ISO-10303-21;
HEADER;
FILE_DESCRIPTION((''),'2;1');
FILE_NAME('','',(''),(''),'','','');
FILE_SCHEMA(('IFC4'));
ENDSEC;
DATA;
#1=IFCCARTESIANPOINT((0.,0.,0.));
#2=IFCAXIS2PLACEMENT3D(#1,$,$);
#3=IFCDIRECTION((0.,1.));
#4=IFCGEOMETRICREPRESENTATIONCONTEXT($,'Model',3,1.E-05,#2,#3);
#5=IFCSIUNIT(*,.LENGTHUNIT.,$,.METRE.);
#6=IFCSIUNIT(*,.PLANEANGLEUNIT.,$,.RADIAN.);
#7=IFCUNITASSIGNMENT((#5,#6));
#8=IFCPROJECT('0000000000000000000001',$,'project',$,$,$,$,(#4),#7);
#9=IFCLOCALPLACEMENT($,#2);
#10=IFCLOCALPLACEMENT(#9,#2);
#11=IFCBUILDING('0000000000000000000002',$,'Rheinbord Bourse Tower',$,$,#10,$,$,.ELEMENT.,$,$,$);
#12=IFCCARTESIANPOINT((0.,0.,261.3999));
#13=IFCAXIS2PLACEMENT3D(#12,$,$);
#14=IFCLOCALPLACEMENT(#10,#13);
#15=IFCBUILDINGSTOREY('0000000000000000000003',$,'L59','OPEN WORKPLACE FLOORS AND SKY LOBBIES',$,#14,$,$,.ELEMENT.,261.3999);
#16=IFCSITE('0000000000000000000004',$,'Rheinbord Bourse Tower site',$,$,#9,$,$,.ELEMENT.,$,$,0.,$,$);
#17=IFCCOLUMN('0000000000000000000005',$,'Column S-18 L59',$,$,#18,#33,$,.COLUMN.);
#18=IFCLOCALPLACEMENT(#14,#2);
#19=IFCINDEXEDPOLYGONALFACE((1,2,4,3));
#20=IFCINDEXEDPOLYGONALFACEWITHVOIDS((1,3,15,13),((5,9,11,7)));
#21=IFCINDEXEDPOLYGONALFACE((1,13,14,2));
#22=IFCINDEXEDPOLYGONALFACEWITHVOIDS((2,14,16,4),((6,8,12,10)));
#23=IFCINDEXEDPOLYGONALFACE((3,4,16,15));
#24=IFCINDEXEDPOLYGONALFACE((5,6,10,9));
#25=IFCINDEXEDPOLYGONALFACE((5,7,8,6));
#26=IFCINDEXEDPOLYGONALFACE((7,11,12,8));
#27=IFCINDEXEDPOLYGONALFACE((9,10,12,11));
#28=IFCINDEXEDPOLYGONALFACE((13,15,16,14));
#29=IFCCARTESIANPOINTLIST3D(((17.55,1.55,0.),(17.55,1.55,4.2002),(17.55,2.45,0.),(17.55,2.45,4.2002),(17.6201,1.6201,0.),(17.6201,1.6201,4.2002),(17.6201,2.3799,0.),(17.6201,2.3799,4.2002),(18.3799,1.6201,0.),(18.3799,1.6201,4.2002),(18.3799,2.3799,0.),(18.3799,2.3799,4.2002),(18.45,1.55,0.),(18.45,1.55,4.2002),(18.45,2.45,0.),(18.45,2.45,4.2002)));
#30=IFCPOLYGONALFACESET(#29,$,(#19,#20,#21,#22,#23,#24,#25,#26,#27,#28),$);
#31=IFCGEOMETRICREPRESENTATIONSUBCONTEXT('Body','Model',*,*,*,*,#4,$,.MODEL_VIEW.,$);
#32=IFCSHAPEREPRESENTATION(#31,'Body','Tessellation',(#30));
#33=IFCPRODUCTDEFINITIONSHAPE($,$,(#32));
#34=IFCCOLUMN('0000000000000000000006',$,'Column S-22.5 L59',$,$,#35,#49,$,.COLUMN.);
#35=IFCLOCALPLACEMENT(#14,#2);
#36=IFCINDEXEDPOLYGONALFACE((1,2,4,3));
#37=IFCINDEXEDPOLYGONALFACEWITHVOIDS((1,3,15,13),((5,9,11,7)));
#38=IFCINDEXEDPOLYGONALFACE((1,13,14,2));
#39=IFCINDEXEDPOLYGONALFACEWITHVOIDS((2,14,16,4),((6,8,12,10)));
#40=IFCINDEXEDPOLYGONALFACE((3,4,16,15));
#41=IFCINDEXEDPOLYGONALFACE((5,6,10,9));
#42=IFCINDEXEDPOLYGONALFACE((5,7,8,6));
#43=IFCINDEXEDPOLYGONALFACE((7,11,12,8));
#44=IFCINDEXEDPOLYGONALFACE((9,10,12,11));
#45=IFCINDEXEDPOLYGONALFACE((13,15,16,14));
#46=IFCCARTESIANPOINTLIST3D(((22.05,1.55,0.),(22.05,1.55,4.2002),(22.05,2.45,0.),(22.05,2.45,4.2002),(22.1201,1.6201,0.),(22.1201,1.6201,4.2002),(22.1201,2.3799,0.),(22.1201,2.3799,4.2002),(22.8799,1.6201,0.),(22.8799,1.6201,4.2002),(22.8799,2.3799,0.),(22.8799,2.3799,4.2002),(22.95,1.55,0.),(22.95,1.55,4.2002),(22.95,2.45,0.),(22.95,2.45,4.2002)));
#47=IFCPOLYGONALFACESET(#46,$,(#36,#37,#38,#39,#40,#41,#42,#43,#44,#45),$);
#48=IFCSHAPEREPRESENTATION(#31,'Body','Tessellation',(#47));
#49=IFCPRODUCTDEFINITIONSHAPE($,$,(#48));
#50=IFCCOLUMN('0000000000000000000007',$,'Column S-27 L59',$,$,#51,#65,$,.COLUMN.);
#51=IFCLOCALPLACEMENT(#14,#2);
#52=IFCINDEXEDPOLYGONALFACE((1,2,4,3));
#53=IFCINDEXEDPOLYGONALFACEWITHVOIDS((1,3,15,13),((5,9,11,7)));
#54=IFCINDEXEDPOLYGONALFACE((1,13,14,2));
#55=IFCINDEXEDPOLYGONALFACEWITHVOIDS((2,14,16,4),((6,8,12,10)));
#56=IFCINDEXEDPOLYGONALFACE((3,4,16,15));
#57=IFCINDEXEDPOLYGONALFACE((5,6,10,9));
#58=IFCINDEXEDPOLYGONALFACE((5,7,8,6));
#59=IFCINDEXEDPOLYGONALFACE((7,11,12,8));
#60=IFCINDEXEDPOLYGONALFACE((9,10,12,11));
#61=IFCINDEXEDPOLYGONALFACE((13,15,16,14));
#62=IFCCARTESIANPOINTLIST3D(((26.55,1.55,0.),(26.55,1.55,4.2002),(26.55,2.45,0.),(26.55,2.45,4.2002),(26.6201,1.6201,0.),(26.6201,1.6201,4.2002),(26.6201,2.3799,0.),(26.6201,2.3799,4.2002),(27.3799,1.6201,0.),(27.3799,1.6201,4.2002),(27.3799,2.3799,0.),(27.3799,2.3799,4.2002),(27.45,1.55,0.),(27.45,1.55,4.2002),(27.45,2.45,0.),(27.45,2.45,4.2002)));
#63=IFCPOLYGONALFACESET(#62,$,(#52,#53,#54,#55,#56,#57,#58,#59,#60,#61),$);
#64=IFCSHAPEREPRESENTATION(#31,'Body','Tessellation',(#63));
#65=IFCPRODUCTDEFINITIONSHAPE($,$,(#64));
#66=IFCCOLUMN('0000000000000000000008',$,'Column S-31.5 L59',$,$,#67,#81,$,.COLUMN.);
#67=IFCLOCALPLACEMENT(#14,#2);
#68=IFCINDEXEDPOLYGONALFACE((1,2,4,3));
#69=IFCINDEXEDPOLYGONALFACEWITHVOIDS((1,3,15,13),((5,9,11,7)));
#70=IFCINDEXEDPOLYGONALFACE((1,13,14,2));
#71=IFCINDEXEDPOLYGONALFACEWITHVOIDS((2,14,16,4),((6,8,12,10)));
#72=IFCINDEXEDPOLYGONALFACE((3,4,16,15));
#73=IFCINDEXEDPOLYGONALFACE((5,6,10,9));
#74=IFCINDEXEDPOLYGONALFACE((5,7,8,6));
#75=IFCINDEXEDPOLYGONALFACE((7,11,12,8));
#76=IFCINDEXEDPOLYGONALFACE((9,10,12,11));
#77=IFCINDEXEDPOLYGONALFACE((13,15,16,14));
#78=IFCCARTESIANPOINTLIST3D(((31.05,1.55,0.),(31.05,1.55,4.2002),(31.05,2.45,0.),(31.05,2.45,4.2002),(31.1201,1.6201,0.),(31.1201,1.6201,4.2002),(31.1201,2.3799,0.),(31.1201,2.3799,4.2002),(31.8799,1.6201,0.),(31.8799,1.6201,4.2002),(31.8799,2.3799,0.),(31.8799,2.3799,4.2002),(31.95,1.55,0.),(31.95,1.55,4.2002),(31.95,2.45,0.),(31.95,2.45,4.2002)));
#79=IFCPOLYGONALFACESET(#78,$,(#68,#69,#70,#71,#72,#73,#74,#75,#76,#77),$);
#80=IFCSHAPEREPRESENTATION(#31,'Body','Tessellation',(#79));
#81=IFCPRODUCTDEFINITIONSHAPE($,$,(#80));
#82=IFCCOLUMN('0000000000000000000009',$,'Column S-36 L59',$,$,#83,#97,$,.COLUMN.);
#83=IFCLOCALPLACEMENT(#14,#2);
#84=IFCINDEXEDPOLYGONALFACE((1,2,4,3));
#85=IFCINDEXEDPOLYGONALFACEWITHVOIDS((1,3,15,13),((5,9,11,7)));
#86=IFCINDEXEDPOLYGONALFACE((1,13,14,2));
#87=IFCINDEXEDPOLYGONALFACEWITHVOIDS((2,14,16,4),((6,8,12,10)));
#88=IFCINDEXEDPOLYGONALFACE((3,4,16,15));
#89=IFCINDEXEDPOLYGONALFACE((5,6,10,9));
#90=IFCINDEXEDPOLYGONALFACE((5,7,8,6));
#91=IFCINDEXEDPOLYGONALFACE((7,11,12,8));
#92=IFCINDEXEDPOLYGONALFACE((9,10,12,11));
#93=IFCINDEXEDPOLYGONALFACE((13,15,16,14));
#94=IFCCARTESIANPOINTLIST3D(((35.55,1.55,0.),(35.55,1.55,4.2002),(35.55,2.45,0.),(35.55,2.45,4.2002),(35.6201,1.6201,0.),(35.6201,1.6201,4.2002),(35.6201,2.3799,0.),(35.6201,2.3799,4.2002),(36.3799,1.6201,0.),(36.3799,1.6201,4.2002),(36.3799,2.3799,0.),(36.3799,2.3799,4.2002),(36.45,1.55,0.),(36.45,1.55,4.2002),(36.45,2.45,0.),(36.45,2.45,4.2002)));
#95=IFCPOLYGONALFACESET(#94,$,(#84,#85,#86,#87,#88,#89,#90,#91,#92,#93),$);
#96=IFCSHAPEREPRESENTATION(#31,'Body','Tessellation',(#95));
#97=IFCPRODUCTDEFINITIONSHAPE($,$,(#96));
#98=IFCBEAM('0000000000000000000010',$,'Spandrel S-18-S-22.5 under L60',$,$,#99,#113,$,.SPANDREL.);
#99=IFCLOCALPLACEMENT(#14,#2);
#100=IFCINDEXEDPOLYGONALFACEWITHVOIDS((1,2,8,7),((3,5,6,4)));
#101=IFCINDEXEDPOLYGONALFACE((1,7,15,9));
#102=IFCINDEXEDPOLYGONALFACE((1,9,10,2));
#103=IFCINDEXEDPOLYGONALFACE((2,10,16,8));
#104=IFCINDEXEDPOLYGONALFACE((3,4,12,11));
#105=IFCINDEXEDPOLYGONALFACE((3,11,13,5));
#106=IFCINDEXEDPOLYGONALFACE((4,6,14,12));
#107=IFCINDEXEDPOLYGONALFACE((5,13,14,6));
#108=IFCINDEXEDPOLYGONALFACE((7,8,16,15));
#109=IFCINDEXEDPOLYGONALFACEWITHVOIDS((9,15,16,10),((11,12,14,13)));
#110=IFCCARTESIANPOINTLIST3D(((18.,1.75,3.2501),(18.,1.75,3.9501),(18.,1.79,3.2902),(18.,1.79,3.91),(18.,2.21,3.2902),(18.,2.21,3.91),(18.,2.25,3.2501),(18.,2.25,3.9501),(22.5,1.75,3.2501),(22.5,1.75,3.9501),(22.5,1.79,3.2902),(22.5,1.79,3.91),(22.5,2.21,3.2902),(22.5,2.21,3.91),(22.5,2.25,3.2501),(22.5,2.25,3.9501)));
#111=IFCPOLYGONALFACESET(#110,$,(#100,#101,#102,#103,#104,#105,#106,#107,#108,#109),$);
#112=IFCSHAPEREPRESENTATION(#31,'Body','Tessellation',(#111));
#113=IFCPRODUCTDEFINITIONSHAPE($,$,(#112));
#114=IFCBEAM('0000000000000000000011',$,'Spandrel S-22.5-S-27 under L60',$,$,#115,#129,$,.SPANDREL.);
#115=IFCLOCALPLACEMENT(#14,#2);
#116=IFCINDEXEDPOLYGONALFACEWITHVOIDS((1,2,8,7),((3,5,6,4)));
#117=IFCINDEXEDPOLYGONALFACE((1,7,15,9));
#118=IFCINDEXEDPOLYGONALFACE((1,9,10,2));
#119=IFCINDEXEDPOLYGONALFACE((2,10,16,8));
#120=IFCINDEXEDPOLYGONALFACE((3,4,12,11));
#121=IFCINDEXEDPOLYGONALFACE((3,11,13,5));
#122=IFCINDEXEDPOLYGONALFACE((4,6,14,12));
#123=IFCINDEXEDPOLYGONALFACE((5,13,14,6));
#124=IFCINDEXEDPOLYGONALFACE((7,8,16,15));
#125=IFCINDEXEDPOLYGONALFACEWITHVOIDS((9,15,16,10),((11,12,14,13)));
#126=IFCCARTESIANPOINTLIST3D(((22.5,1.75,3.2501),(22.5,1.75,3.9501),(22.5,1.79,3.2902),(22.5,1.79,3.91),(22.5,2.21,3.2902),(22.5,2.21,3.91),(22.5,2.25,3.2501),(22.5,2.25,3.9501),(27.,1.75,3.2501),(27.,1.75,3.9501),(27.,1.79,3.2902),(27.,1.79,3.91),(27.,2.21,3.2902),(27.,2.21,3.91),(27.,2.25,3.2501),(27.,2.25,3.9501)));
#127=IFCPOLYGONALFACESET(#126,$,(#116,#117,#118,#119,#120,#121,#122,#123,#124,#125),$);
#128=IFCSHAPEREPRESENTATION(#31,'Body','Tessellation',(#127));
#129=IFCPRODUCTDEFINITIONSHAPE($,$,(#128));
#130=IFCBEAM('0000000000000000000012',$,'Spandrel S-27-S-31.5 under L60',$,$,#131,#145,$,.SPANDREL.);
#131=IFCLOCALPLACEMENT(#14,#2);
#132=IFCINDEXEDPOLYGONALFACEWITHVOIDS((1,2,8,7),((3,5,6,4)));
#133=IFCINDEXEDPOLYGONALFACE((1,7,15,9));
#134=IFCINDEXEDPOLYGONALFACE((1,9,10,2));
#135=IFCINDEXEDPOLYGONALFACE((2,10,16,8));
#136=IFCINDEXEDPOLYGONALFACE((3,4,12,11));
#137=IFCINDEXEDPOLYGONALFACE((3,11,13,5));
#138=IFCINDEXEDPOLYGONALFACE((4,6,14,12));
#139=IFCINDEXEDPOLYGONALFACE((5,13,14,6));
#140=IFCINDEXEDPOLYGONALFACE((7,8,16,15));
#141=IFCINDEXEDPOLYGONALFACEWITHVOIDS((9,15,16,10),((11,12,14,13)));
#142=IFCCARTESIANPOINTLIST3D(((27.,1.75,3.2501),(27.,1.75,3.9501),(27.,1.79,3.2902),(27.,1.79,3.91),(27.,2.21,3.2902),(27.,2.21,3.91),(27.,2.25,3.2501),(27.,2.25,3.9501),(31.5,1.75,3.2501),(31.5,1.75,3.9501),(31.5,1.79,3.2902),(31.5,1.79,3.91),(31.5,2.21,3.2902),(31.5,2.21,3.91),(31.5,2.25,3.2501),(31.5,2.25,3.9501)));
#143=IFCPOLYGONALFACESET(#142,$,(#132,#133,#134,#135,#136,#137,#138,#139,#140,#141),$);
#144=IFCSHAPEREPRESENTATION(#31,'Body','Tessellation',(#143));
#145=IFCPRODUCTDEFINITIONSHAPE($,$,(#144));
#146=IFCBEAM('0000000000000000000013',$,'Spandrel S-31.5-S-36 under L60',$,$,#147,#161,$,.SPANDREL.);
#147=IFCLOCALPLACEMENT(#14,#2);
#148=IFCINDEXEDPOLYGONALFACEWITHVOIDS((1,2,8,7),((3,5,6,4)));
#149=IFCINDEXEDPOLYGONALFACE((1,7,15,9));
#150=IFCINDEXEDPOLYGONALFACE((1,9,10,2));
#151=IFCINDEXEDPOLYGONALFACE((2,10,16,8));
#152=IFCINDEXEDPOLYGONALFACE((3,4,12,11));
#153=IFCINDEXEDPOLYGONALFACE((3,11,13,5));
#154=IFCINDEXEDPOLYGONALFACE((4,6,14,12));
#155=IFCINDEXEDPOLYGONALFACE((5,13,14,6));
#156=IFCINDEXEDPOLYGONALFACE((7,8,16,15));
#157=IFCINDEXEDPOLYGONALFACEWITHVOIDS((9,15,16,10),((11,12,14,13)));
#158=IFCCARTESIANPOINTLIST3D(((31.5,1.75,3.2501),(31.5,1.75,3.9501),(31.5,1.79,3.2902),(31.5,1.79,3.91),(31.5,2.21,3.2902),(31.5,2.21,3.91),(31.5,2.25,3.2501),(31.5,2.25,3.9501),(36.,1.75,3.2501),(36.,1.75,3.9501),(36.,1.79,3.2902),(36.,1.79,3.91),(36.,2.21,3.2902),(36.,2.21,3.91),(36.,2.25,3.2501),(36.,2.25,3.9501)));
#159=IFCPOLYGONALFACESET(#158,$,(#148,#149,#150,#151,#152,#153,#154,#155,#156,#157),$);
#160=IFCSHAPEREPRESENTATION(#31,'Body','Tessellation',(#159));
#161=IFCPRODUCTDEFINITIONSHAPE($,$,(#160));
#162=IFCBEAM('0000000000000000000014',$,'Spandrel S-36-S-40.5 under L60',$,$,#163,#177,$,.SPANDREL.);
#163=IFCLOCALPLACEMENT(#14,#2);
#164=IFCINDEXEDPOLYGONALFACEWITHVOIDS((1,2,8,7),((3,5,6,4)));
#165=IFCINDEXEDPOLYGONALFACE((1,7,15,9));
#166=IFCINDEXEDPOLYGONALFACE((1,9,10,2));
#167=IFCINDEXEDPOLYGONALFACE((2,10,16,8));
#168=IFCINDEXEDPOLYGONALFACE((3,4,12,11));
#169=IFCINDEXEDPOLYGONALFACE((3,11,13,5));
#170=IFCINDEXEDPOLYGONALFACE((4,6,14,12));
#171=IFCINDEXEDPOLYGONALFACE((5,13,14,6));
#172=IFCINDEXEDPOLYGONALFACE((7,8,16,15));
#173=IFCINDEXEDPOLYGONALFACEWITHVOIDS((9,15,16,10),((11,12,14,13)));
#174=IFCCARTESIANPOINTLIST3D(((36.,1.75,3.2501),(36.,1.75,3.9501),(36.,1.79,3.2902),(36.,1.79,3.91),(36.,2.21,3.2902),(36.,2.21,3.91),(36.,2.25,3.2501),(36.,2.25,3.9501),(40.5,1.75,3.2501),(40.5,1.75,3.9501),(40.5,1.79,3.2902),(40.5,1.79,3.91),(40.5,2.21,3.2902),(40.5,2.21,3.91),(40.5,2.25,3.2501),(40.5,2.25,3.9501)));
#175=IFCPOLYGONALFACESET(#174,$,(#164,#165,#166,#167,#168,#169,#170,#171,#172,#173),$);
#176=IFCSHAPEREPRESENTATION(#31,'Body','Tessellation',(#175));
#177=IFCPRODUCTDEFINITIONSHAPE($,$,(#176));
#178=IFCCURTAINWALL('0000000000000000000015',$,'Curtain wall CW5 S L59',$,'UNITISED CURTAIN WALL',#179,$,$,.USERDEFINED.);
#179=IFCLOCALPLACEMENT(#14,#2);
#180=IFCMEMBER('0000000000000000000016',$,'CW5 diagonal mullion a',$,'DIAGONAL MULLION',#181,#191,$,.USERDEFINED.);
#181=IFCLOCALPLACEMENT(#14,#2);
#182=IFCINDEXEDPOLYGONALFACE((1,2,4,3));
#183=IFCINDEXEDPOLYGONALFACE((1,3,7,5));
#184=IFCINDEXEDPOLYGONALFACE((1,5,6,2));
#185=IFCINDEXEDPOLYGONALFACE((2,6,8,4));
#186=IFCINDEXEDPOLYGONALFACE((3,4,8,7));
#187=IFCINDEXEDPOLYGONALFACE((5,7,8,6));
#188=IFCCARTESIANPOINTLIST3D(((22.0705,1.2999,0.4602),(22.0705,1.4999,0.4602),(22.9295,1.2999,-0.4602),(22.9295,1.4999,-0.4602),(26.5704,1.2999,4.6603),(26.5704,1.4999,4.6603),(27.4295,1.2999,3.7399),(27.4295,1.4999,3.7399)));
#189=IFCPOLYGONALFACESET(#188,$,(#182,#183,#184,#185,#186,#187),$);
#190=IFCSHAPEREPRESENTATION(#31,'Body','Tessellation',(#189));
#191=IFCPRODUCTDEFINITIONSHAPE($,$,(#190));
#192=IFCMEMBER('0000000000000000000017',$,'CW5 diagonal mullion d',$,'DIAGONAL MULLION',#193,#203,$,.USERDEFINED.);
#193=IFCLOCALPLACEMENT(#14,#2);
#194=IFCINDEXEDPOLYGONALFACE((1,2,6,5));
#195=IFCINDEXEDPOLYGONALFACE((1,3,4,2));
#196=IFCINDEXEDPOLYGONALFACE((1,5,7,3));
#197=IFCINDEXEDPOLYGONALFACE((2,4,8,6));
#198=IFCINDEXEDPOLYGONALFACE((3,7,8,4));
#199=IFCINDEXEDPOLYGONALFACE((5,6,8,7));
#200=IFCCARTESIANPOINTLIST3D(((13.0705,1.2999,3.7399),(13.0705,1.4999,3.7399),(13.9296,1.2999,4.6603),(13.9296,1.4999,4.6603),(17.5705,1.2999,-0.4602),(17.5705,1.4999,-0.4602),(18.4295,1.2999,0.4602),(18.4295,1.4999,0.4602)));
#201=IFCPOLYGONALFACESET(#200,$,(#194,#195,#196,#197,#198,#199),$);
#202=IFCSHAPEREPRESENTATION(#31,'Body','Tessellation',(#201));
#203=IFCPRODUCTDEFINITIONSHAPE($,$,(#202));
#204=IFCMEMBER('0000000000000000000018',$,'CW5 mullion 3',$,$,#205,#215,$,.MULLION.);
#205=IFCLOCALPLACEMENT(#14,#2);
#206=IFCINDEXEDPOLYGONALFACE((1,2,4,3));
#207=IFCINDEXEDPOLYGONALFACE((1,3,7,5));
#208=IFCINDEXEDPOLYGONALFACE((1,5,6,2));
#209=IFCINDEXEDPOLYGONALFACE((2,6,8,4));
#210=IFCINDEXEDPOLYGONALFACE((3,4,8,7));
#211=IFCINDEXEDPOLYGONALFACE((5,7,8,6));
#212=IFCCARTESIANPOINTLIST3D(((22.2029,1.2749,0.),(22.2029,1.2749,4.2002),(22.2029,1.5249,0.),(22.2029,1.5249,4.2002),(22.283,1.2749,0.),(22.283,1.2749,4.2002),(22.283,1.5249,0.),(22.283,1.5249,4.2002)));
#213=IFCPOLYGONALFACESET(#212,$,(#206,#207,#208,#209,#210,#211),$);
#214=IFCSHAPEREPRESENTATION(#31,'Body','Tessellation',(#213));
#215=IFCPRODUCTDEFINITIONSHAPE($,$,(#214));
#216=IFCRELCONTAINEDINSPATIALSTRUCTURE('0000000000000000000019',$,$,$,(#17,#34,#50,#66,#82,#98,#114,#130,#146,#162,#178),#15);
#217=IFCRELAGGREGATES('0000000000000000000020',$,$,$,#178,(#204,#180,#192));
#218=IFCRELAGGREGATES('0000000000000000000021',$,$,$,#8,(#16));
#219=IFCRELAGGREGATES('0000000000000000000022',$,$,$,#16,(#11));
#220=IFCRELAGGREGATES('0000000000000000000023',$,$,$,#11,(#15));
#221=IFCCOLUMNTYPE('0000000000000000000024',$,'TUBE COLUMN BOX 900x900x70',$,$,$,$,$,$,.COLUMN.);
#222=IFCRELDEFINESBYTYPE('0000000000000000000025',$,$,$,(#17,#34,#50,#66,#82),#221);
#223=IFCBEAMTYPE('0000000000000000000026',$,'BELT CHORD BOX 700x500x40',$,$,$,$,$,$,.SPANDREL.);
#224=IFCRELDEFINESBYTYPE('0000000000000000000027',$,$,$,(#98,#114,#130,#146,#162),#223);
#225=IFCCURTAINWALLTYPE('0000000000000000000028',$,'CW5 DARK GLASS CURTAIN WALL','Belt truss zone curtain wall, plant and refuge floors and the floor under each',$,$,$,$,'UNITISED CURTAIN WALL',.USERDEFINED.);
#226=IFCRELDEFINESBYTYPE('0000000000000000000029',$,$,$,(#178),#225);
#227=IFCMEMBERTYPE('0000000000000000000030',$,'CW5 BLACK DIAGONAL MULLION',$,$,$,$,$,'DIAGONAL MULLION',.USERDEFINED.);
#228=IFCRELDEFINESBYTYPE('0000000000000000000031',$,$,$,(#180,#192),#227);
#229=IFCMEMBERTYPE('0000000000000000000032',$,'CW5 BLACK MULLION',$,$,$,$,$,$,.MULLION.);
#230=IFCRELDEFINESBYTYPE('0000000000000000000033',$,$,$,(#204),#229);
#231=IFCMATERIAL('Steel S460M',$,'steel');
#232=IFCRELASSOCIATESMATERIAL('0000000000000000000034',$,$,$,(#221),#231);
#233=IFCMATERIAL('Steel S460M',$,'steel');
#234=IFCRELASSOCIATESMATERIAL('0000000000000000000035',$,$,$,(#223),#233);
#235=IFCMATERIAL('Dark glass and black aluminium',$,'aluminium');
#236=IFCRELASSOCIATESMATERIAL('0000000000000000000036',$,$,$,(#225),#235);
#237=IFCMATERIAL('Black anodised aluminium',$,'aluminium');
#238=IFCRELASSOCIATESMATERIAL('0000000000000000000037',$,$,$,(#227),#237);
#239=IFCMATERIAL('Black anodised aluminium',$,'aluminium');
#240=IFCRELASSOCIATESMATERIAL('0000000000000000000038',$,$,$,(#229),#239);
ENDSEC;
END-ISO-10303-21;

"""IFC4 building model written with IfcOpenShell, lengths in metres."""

from ifc_helpers import new_model, si_unit, direction, frame, origin, origin_2d, place, context, subcontext, project, spatial, rectangle, hollow_rectangle, extrude, material, material_profile, profile_set, type_object, element, aggregate, save


model = new_model("IFC4")

# Units and contexts
model_context = context("Model", 3, precision=1e-05, world=origin(), true_north=direction((0.0, 1.0)))
body_context = subcontext(model_context, "Body", "Model", "MODEL_VIEW")
ifc_project = project(units=[si_unit("LENGTHUNIT", "METRE"), si_unit("PLANEANGLEUNIT", "RADIAN")], contexts=[model_context])

# Site, building, storey
site_placement = place(None, origin())
site = spatial("IfcSite", under=ifc_project, at=site_placement, Name="Rheinbord Bourse Tower site", CompositionType="ELEMENT", RefElevation=0.0)
building_placement = place(site_placement, origin())
building = spatial("IfcBuilding", under=site, at=building_placement, Name="Rheinbord Bourse Tower", CompositionType="ELEMENT")
storey_placement = place(building_placement, frame((0.0, 0.0, 261.3999)))
storey = spatial("IfcBuildingStorey", under=building, at=storey_placement, Name="L59", Description="OPEN WORKPLACE FLOORS AND SKY LOBBIES", CompositionType="ELEMENT", Elevation=261.3999)

# Columns
ifc_material_1 = material(Name="Steel S460M", Category="steel")
ifc_material_profile_1 = material_profile(ifc_material_1, hollow_rectangle(XDim=0.8999, YDim=0.8999, WallThickness=0.0701, at=origin_2d()), Name="BOX 900x900x70")
ifc_profile_set_1 = profile_set([ifc_material_profile_1], Name="Steel S460M")
column_type = type_object("IfcColumnType", Name="TUBE COLUMN BOX 900x900x70", PredefinedType="COLUMN", material=ifc_profile_set_1)
for number, where, z_axis, x_axis, name in (
    (1, (18.0, 2.0, 0.0), (0.0, 0.0, 1.0), (0.0, 1.0, 0.0), "Column S-18 L59"),
    (2, (22.5, 2.0, 0.0), (0.0, 0.0, 1.0), (0.0, 1.0, 0.0), "Column S-22.5 L59"),
    (3, (27.0, 2.0, 0.0), (0.0, 0.0, 1.0), (0.0, 1.0, 0.0), "Column S-27 L59"),
    (4, (31.5, 2.0, 0.0), (0.0, 0.0, 1.0), (0.0, 1.0, 0.0), "Column S-31.5 L59"),
    (5, (36.0, 2.0, 0.0), (0.0, 0.0, 1.0), (0.0, 1.0, 0.0), "Column S-36 L59"),
):
    element("IfcColumn", number, at=place(storey_placement, frame(where, z_axis=z_axis, x_axis=x_axis)), inside=storey, type_object=column_type, Name=name, PredefinedType="COLUMN", context=body_context, shape_type="SweptSolid", body=[
        extrude(hollow_rectangle(XDim=0.8999, YDim=0.8999, WallThickness=0.0701, at=origin_2d()), origin(), (0.0, 0.0, 1.0), 4.2002),
    ])

# Beams
ifc_material_2 = material(Name="Steel S460M", Category="steel")
ifc_material_profile_2 = material_profile(ifc_material_2, hollow_rectangle(XDim=0.5, YDim=0.7, WallThickness=0.04, at=origin_2d()), Name="BOX 700x500x40")
ifc_profile_set_2 = profile_set([ifc_material_profile_2], Name="Steel S460M")
beam_type_1 = type_object("IfcBeamType", Name="BELT CHORD BOX 700x500x40", PredefinedType="SPANDREL", material=ifc_profile_set_2)
for number, where, z_axis, x_axis, name in (
    (6, (18.0, 2.0, 3.6001), (1.0, 0.0, 0.0), (0.0, 1.0, 0.0), "Spandrel S-18-S-22.5 under L60"),
    (7, (22.5, 2.0, 3.6001), (1.0, 0.0, 0.0), (0.0, 1.0, 0.0), "Spandrel S-22.5-S-27 under L60"),
    (8, (27.0, 2.0, 3.6001), (1.0, 0.0, 0.0), (0.0, 1.0, 0.0), "Spandrel S-27-S-31.5 under L60"),
    (9, (31.5, 2.0, 3.6001), (1.0, 0.0, 0.0), (0.0, 1.0, 0.0), "Spandrel S-31.5-S-36 under L60"),
    (10, (36.0, 2.0, 3.6001), (1.0, 0.0, 0.0), (0.0, 1.0, 0.0), "Spandrel S-36-S-40.5 under L60"),
):
    element("IfcBeam", number, at=place(storey_placement, frame(where, z_axis=z_axis, x_axis=x_axis)), inside=storey, type_object=beam_type_1, Name=name, PredefinedType="SPANDREL", context=body_context, shape_type="SweptSolid", body=[
        extrude(hollow_rectangle(XDim=0.5, YDim=0.7, WallThickness=0.04, at=origin_2d()), origin(), (0.0, 0.0, 1.0), 4.5),
    ])

# Curtain wall, members
ifc_material_3 = material(Name="Dark glass and black aluminium", Category="aluminium")
curtain_wall_type = type_object("IfcCurtainWallType", Name="CW5 DARK GLASS CURTAIN WALL", Description="Belt truss zone curtain wall, plant and refuge floors and the floor under each", ElementType="UNITISED CURTAIN WALL", PredefinedType="USERDEFINED", material=ifc_material_3)
curtain_wall_placement = place(storey_placement, origin())
curtain_wall = element("IfcCurtainWall", 11, at=curtain_wall_placement, inside=storey, type_object=curtain_wall_type, Name="Curtain wall CW5 S L59", ObjectType="UNITISED CURTAIN WALL", PredefinedType="USERDEFINED")
ifc_material_4 = material(Name="Black anodised aluminium", Category="aluminium")
ifc_material_profile_3 = material_profile(ifc_material_4, rectangle(XDim=0.2, YDim=1.259, at=origin_2d()), Name="CW5 DIAGONAL MULLION 1259x200")
ifc_profile_set_3 = profile_set([ifc_material_profile_3], Name="Black anodised aluminium")
member_type_1 = type_object("IfcMemberType", Name="CW5 BLACK DIAGONAL MULLION", ElementType="DIAGONAL MULLION", PredefinedType="USERDEFINED", material=ifc_profile_set_3)
member_1_placement = place(storey_placement, frame((22.5, 1.3999, 0.0), z_axis=(0.731039, 0.0, 0.682335), x_axis=(0.0, 1.0, 0.0)))
member_1 = element("IfcMember", 12, at=member_1_placement, type_object=member_type_1, Name="CW5 diagonal mullion a", ObjectType="DIAGONAL MULLION", PredefinedType="USERDEFINED", context=body_context, shape_type="SweptSolid", body=[
    extrude(rectangle(XDim=0.2, YDim=1.259, at=origin_2d()), origin(), (0.0, 0.0, 1.0), 6.1555),
])
member_2_placement = place(storey_placement, frame((18.0, 1.3999, 0.0), z_axis=(-0.731039, 0.0, 0.682335), x_axis=(0.0, -1.0, 0.0)))
member_2 = element("IfcMember", 13, at=member_2_placement, type_object=member_type_1, Name="CW5 diagonal mullion d", ObjectType="DIAGONAL MULLION", PredefinedType="USERDEFINED", context=body_context, shape_type="SweptSolid", body=[
    extrude(rectangle(XDim=0.2, YDim=1.259, at=origin_2d()), origin(), (0.0, 0.0, 1.0), 6.1555),
])
ifc_material_5 = material(Name="Black anodised aluminium", Category="aluminium")
ifc_material_profile_4 = material_profile(ifc_material_5, rectangle(XDim=0.25, YDim=0.0801, at=origin_2d()), Name="CW5 MULLION 80x250")
ifc_profile_set_4 = profile_set([ifc_material_profile_4], Name="Black anodised aluminium")
member_type_2 = type_object("IfcMemberType", Name="CW5 BLACK MULLION", PredefinedType="MULLION", material=ifc_profile_set_4)
member_3_placement = place(storey_placement, frame((22.2429, 1.3999, 0.0), z_axis=(0.0, 0.0, 1.0), x_axis=(0.0, 1.0, 0.0)))
member_3 = element("IfcMember", 14, at=member_3_placement, type_object=member_type_2, Name="CW5 mullion 3", PredefinedType="MULLION", context=body_context, shape_type="SweptSolid", body=[
    extrude(rectangle(XDim=0.25, YDim=0.0801, at=origin_2d()), origin(), (0.0, 0.0, 1.0), 4.2002),
])

aggregate(curtain_wall, [member_3, member_1, member_2])

save(model, "model.ifc")
